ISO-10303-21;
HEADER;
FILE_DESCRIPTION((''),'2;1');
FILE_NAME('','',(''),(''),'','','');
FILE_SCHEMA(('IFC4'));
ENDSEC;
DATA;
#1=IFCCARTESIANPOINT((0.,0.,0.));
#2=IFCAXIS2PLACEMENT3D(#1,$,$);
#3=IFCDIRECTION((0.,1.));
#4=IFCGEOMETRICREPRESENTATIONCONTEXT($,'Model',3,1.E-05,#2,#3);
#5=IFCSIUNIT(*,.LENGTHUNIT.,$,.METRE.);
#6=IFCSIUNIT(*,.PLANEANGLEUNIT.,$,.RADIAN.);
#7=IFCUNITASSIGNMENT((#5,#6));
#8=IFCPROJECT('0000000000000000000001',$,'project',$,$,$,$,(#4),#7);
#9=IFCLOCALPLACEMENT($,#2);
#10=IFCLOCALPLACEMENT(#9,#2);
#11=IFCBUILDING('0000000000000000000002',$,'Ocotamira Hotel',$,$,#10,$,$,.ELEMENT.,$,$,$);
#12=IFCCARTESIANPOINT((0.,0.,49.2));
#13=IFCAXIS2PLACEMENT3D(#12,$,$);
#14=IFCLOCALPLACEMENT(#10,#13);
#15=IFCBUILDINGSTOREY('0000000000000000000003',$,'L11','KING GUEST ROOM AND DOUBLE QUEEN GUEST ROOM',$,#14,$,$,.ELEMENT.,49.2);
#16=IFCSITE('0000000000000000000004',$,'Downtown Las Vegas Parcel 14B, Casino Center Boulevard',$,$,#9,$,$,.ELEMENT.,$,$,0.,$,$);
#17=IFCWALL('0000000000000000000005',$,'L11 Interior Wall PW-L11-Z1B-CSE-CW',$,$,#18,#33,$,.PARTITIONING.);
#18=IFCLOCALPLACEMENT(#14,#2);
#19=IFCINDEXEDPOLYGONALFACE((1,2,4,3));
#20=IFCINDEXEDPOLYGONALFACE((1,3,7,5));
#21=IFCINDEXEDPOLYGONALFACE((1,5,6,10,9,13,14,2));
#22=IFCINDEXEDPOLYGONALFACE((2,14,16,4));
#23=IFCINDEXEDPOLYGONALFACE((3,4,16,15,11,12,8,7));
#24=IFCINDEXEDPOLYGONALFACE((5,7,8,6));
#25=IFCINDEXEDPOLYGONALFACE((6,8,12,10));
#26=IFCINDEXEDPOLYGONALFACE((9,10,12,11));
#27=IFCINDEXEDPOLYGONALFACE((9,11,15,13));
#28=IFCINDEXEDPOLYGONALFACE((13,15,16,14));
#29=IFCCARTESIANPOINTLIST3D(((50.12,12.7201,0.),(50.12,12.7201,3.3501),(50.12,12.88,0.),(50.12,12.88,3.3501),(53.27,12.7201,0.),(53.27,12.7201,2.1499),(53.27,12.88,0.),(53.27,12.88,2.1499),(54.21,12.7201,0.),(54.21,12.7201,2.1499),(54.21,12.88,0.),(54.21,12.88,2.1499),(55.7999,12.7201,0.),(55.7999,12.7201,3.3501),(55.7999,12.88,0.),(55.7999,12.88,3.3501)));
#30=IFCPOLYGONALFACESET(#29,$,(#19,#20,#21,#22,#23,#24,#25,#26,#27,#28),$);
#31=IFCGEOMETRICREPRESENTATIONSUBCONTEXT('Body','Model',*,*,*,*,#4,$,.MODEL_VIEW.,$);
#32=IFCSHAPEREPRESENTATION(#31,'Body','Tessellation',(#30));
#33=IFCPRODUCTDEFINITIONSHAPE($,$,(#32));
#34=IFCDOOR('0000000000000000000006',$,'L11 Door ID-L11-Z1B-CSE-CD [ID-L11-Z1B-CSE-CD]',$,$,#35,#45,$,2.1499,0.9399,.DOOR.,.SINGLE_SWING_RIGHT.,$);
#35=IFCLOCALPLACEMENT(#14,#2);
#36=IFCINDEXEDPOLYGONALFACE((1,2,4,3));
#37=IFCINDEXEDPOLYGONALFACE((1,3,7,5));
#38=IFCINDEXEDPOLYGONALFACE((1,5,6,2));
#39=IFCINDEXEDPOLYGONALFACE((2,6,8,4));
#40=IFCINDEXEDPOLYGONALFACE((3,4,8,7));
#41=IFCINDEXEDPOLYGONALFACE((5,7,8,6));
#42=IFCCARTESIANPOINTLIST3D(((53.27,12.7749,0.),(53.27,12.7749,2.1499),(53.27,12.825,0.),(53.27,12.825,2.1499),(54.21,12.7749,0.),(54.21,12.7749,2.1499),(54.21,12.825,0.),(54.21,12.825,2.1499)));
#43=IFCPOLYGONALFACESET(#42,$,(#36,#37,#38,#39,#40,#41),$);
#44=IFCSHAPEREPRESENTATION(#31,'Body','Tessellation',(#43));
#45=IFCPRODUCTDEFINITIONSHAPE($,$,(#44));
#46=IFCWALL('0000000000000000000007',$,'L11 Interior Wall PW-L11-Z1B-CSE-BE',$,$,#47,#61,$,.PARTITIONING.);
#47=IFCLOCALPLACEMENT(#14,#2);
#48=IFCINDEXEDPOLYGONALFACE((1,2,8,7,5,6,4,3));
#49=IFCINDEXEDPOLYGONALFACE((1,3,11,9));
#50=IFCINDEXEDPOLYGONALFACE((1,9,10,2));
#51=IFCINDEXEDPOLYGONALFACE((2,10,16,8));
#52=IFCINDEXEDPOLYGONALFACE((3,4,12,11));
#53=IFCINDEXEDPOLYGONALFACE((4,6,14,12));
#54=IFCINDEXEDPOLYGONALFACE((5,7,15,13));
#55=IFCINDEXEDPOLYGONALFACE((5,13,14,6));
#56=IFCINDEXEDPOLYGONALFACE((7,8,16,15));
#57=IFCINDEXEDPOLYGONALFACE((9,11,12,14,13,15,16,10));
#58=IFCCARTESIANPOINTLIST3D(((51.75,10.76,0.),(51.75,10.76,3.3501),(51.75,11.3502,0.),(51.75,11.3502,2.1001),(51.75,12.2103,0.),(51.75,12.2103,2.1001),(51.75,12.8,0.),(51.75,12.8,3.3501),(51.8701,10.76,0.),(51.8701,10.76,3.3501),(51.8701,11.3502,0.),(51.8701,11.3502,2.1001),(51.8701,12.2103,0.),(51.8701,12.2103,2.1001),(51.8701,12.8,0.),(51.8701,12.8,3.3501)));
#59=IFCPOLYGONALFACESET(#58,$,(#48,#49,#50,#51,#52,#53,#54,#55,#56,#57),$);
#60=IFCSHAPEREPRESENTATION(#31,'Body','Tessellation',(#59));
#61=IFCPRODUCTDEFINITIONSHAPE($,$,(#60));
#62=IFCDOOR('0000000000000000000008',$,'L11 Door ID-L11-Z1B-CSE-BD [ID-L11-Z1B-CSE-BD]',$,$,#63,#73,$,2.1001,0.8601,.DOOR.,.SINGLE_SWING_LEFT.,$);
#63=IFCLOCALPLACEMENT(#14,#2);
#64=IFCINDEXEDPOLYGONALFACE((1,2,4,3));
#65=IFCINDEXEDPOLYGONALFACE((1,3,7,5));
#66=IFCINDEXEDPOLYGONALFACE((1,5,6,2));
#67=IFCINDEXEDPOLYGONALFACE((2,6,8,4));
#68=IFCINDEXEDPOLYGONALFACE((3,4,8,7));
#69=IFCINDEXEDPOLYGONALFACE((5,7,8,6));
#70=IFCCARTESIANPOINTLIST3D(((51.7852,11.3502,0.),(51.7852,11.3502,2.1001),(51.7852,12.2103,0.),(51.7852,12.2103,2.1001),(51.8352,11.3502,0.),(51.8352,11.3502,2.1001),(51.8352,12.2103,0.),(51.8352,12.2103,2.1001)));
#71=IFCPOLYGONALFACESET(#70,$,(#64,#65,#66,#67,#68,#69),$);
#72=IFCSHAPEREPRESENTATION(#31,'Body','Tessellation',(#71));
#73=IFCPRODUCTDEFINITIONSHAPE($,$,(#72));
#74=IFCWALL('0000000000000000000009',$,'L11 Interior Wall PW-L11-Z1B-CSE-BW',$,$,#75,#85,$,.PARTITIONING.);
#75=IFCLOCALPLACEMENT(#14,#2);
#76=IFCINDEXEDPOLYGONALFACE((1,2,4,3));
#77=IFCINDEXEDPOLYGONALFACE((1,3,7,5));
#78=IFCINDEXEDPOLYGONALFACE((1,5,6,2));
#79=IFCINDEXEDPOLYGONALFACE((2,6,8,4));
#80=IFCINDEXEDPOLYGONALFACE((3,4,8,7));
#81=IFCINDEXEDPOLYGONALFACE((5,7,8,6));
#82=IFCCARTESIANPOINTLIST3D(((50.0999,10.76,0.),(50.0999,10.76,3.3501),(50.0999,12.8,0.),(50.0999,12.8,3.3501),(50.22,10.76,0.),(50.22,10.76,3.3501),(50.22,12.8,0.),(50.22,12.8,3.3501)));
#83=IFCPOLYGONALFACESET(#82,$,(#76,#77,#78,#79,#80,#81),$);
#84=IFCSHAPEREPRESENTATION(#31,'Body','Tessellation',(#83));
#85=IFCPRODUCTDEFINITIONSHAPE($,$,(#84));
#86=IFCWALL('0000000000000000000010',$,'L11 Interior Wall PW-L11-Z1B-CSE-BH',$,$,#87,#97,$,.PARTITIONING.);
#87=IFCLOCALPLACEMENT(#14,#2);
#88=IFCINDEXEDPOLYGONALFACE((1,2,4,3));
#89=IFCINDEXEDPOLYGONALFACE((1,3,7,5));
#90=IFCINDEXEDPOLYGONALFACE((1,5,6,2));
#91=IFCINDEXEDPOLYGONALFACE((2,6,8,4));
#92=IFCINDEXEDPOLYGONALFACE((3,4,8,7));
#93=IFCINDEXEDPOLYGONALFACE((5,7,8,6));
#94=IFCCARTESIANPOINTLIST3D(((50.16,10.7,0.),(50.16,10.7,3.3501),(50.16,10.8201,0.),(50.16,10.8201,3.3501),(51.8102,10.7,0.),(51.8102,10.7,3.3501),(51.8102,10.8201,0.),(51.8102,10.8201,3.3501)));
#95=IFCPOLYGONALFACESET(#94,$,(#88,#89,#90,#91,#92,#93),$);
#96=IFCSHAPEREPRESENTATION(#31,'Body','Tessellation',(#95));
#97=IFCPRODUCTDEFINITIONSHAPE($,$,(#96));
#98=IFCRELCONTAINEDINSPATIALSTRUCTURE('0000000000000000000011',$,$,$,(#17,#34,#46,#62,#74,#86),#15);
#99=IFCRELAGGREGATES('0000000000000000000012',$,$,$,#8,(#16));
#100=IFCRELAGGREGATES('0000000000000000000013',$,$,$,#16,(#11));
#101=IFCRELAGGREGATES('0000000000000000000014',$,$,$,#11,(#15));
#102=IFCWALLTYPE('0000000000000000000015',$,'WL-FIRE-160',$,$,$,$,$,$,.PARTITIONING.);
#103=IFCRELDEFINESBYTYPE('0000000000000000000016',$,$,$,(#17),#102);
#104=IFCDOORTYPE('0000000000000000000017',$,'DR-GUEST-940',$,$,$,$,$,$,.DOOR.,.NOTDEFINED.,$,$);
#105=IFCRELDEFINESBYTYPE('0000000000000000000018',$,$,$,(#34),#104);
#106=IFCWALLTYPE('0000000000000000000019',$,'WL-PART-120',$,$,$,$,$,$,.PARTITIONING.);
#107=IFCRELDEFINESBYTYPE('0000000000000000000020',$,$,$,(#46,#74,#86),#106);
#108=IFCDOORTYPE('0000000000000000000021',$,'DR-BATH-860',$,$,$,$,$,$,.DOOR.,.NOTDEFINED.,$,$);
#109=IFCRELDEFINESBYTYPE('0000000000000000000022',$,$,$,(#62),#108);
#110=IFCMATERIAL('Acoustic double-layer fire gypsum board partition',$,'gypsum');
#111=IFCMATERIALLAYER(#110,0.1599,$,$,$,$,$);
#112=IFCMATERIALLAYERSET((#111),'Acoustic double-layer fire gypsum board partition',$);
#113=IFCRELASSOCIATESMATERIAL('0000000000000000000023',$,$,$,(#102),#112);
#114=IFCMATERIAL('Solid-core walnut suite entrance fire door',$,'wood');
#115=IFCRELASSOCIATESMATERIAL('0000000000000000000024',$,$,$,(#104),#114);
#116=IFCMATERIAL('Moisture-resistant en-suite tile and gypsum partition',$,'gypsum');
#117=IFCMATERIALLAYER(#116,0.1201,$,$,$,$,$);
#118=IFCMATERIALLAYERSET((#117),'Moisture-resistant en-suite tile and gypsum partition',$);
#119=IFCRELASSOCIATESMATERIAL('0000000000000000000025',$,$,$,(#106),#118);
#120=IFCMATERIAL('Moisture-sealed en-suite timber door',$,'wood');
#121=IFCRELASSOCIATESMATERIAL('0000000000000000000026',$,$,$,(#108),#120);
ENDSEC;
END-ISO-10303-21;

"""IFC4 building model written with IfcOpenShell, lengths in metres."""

from ifc_helpers import new_model, si_unit, direction, frame, frame_2d, origin, place, context, subcontext, project, spatial, rectangle, extrude, source, transform, mapped, material, layer, layer_set, type_object, element, fill, save


model = new_model("IFC4")

# Units and contexts
model_context = context("Model", 3, precision=1e-05, world=origin(), true_north=direction((0.0, 1.0)))
body_context = subcontext(model_context, "Body", "Model", "MODEL_VIEW")
ifc_project = project(units=[si_unit("LENGTHUNIT", "METRE"), si_unit("PLANEANGLEUNIT", "RADIAN")], contexts=[model_context])

# Site, building, storey
site_placement = place(None, origin())
site = spatial("IfcSite", under=ifc_project, at=site_placement, Name="Downtown Las Vegas Parcel 14B, Casino Center Boulevard", CompositionType="ELEMENT", RefElevation=0.0)
building_placement = place(site_placement, origin())
building = spatial("IfcBuilding", under=site, at=building_placement, Name="Ocotamira Hotel", CompositionType="ELEMENT")
storey_placement = place(building_placement, frame((0.0, 0.0, 49.2)))
storey = spatial("IfcBuildingStorey", under=building, at=storey_placement, Name="L11", Description="KING GUEST ROOM AND DOUBLE QUEEN GUEST ROOM", CompositionType="ELEMENT", Elevation=49.2)

# Walls, openings, doors
ifc_material_1 = material(Name="Acoustic double-layer fire gypsum board partition", Category="gypsum")
ifc_layer_1 = layer(ifc_material_1, 0.1599)
ifc_layer_set_1 = layer_set([ifc_layer_1], Name="Acoustic double-layer fire gypsum board partition")
wall_type_1 = type_object("IfcWallType", Name="WL-FIRE-160", PredefinedType="PARTITIONING", material=ifc_layer_set_1)
wall_1_placement = place(storey_placement, frame((50.1201, 12.8, 0.0), z_axis=(0.0, 0.0, 1.0), x_axis=(1.0, 0.0, 0.0)))
wall_1 = element("IfcWall", 1, at=wall_1_placement, inside=storey, type_object=wall_type_1, Name="L11 Interior Wall PW-L11-Z1B-CSE-CW", PredefinedType="PARTITIONING", context=body_context, shape_type="SweptSolid", body=[
    extrude(rectangle(XDim=5.6799, YDim=0.1599, at=frame_2d((2.8398, 0.0))), origin(), (0.0, 0.0, 1.0), 3.3501),
])
opening_1_placement = place(wall_1_placement, frame((3.1499, 0.0, 0.0)))
opening_1 = element("IfcOpeningElement", 2, at=opening_1_placement, cuts=wall_1, PredefinedType="OPENING", context=body_context, shape_type="SweptSolid", body=[
    extrude(rectangle(XDim=0.9399, YDim=2.1499, at=frame_2d((0.47, 1.075))), frame((0.0, 0.0898, 0.0), z_axis=(0.0, -1.0, 0.0), x_axis=(1.0, 0.0, 0.0)), (0.0, 0.0, 1.0), 0.1799),
])
ifc_material_2 = material(Name="Solid-core walnut suite entrance fire door", Category="wood")
door_type_1 = type_object("IfcDoorType", Name="DR-GUEST-940", OperationType="NOTDEFINED", PredefinedType="DOOR", material=ifc_material_2)
shared_shape_1 = source(origin(), body_context, "Body", "SweptSolid", [
    extrude(rectangle(XDim=0.9399, YDim=2.1499, at=frame_2d((0.47, 1.075))), frame((0.0, 0.0249, 0.0), z_axis=(0.0, -1.0, 0.0), x_axis=(1.0, 0.0, 0.0)), (0.0, 0.0, 1.0), 0.05),
])
door_1_placement = place(opening_1_placement, origin())
door_1 = element("IfcDoor", 3, at=door_1_placement, inside=storey, type_object=door_type_1, Name="L11 Door ID-L11-Z1B-CSE-CD [ID-L11-Z1B-CSE-CD]", OperationType="SINGLE_SWING_RIGHT", OverallHeight=2.1499, OverallWidth=0.9399, PredefinedType="DOOR", context=body_context, shape_type="MappedRepresentation", body=[
    mapped(shared_shape_1, transform((0.0, 0.0, 0.0), scale=1.0)),
])
fill(opening_1, door_1)
ifc_material_3 = material(Name="Moisture-resistant en-suite tile and gypsum partition", Category="gypsum")
ifc_layer_2 = layer(ifc_material_3, 0.1201)
ifc_layer_set_2 = layer_set([ifc_layer_2], Name="Moisture-resistant en-suite tile and gypsum partition")
wall_type_2 = type_object("IfcWallType", Name="WL-PART-120", PredefinedType="PARTITIONING", material=ifc_layer_set_2)
wall_2_placement = place(storey_placement, frame((51.8101, 10.76, 0.0), z_axis=(0.0, 0.0, 1.0), x_axis=(0.0, 1.0, 0.0)))
wall_2 = element("IfcWall", 4, at=wall_2_placement, inside=storey, type_object=wall_type_2, Name="L11 Interior Wall PW-L11-Z1B-CSE-BE", PredefinedType="PARTITIONING", context=body_context, shape_type="SweptSolid", body=[
    extrude(rectangle(XDim=2.04, YDim=0.1201, at=frame_2d((1.02, 0.0))), origin(), (0.0, 0.0, 1.0), 3.3501),
])
opening_2_placement = place(wall_2_placement, frame((0.5901, 0.0, 0.0)))
opening_2 = element("IfcOpeningElement", 5, at=opening_2_placement, cuts=wall_2, PredefinedType="OPENING", context=body_context, shape_type="SweptSolid", body=[
    extrude(rectangle(XDim=0.8601, YDim=2.1001, at=frame_2d((0.4302, 1.05))), frame((0.0, 0.0701, 0.0), z_axis=(0.0, -1.0, 0.0), x_axis=(1.0, 0.0, 0.0)), (0.0, 0.0, 1.0), 0.1401),
])
ifc_material_4 = material(Name="Moisture-sealed en-suite timber door", Category="wood")
door_type_2 = type_object("IfcDoorType", Name="DR-BATH-860", OperationType="NOTDEFINED", PredefinedType="DOOR", material=ifc_material_4)
shared_shape_2 = source(origin(), body_context, "Body", "SweptSolid", [
    extrude(rectangle(XDim=0.8601, YDim=2.1001, at=frame_2d((0.4302, 1.05))), frame((0.0, 0.0249, 0.0), z_axis=(0.0, -1.0, 0.0), x_axis=(1.0, 0.0, 0.0)), (0.0, 0.0, 1.0), 0.05),
])
door_2_placement = place(opening_2_placement, origin())
door_2 = element("IfcDoor", 6, at=door_2_placement, inside=storey, type_object=door_type_2, Name="L11 Door ID-L11-Z1B-CSE-BD [ID-L11-Z1B-CSE-BD]", OperationType="SINGLE_SWING_LEFT", OverallHeight=2.1001, OverallWidth=0.8601, PredefinedType="DOOR", context=body_context, shape_type="MappedRepresentation", body=[
    mapped(shared_shape_2, transform((0.0, 0.0, 0.0), scale=1.0)),
])
fill(opening_2, door_2)

# Walls
wall_3_placement = place(storey_placement, frame((50.1599, 10.76, 0.0), z_axis=(0.0, 0.0, 1.0), x_axis=(0.0, 1.0, 0.0)))
element("IfcWall", 7, at=wall_3_placement, inside=storey, type_object=wall_type_2, Name="L11 Interior Wall PW-L11-Z1B-CSE-BW", PredefinedType="PARTITIONING", context=body_context, shape_type="SweptSolid", body=[
    extrude(rectangle(XDim=2.04, YDim=0.1201, at=frame_2d((1.02, 0.0))), origin(), (0.0, 0.0, 1.0), 3.3501),
])
wall_4_placement = place(storey_placement, frame((50.1599, 10.76, 0.0), z_axis=(0.0, 0.0, 1.0), x_axis=(1.0, 0.0, 0.0)))
element("IfcWall", 8, at=wall_4_placement, inside=storey, type_object=wall_type_2, Name="L11 Interior Wall PW-L11-Z1B-CSE-BH", PredefinedType="PARTITIONING", context=body_context, shape_type="SweptSolid", body=[
    extrude(rectangle(XDim=1.6501, YDim=0.1201, at=frame_2d((0.8252, 0.0))), origin(), (0.0, 0.0, 1.0), 3.3501),
])

save(model, "model.ifc")
